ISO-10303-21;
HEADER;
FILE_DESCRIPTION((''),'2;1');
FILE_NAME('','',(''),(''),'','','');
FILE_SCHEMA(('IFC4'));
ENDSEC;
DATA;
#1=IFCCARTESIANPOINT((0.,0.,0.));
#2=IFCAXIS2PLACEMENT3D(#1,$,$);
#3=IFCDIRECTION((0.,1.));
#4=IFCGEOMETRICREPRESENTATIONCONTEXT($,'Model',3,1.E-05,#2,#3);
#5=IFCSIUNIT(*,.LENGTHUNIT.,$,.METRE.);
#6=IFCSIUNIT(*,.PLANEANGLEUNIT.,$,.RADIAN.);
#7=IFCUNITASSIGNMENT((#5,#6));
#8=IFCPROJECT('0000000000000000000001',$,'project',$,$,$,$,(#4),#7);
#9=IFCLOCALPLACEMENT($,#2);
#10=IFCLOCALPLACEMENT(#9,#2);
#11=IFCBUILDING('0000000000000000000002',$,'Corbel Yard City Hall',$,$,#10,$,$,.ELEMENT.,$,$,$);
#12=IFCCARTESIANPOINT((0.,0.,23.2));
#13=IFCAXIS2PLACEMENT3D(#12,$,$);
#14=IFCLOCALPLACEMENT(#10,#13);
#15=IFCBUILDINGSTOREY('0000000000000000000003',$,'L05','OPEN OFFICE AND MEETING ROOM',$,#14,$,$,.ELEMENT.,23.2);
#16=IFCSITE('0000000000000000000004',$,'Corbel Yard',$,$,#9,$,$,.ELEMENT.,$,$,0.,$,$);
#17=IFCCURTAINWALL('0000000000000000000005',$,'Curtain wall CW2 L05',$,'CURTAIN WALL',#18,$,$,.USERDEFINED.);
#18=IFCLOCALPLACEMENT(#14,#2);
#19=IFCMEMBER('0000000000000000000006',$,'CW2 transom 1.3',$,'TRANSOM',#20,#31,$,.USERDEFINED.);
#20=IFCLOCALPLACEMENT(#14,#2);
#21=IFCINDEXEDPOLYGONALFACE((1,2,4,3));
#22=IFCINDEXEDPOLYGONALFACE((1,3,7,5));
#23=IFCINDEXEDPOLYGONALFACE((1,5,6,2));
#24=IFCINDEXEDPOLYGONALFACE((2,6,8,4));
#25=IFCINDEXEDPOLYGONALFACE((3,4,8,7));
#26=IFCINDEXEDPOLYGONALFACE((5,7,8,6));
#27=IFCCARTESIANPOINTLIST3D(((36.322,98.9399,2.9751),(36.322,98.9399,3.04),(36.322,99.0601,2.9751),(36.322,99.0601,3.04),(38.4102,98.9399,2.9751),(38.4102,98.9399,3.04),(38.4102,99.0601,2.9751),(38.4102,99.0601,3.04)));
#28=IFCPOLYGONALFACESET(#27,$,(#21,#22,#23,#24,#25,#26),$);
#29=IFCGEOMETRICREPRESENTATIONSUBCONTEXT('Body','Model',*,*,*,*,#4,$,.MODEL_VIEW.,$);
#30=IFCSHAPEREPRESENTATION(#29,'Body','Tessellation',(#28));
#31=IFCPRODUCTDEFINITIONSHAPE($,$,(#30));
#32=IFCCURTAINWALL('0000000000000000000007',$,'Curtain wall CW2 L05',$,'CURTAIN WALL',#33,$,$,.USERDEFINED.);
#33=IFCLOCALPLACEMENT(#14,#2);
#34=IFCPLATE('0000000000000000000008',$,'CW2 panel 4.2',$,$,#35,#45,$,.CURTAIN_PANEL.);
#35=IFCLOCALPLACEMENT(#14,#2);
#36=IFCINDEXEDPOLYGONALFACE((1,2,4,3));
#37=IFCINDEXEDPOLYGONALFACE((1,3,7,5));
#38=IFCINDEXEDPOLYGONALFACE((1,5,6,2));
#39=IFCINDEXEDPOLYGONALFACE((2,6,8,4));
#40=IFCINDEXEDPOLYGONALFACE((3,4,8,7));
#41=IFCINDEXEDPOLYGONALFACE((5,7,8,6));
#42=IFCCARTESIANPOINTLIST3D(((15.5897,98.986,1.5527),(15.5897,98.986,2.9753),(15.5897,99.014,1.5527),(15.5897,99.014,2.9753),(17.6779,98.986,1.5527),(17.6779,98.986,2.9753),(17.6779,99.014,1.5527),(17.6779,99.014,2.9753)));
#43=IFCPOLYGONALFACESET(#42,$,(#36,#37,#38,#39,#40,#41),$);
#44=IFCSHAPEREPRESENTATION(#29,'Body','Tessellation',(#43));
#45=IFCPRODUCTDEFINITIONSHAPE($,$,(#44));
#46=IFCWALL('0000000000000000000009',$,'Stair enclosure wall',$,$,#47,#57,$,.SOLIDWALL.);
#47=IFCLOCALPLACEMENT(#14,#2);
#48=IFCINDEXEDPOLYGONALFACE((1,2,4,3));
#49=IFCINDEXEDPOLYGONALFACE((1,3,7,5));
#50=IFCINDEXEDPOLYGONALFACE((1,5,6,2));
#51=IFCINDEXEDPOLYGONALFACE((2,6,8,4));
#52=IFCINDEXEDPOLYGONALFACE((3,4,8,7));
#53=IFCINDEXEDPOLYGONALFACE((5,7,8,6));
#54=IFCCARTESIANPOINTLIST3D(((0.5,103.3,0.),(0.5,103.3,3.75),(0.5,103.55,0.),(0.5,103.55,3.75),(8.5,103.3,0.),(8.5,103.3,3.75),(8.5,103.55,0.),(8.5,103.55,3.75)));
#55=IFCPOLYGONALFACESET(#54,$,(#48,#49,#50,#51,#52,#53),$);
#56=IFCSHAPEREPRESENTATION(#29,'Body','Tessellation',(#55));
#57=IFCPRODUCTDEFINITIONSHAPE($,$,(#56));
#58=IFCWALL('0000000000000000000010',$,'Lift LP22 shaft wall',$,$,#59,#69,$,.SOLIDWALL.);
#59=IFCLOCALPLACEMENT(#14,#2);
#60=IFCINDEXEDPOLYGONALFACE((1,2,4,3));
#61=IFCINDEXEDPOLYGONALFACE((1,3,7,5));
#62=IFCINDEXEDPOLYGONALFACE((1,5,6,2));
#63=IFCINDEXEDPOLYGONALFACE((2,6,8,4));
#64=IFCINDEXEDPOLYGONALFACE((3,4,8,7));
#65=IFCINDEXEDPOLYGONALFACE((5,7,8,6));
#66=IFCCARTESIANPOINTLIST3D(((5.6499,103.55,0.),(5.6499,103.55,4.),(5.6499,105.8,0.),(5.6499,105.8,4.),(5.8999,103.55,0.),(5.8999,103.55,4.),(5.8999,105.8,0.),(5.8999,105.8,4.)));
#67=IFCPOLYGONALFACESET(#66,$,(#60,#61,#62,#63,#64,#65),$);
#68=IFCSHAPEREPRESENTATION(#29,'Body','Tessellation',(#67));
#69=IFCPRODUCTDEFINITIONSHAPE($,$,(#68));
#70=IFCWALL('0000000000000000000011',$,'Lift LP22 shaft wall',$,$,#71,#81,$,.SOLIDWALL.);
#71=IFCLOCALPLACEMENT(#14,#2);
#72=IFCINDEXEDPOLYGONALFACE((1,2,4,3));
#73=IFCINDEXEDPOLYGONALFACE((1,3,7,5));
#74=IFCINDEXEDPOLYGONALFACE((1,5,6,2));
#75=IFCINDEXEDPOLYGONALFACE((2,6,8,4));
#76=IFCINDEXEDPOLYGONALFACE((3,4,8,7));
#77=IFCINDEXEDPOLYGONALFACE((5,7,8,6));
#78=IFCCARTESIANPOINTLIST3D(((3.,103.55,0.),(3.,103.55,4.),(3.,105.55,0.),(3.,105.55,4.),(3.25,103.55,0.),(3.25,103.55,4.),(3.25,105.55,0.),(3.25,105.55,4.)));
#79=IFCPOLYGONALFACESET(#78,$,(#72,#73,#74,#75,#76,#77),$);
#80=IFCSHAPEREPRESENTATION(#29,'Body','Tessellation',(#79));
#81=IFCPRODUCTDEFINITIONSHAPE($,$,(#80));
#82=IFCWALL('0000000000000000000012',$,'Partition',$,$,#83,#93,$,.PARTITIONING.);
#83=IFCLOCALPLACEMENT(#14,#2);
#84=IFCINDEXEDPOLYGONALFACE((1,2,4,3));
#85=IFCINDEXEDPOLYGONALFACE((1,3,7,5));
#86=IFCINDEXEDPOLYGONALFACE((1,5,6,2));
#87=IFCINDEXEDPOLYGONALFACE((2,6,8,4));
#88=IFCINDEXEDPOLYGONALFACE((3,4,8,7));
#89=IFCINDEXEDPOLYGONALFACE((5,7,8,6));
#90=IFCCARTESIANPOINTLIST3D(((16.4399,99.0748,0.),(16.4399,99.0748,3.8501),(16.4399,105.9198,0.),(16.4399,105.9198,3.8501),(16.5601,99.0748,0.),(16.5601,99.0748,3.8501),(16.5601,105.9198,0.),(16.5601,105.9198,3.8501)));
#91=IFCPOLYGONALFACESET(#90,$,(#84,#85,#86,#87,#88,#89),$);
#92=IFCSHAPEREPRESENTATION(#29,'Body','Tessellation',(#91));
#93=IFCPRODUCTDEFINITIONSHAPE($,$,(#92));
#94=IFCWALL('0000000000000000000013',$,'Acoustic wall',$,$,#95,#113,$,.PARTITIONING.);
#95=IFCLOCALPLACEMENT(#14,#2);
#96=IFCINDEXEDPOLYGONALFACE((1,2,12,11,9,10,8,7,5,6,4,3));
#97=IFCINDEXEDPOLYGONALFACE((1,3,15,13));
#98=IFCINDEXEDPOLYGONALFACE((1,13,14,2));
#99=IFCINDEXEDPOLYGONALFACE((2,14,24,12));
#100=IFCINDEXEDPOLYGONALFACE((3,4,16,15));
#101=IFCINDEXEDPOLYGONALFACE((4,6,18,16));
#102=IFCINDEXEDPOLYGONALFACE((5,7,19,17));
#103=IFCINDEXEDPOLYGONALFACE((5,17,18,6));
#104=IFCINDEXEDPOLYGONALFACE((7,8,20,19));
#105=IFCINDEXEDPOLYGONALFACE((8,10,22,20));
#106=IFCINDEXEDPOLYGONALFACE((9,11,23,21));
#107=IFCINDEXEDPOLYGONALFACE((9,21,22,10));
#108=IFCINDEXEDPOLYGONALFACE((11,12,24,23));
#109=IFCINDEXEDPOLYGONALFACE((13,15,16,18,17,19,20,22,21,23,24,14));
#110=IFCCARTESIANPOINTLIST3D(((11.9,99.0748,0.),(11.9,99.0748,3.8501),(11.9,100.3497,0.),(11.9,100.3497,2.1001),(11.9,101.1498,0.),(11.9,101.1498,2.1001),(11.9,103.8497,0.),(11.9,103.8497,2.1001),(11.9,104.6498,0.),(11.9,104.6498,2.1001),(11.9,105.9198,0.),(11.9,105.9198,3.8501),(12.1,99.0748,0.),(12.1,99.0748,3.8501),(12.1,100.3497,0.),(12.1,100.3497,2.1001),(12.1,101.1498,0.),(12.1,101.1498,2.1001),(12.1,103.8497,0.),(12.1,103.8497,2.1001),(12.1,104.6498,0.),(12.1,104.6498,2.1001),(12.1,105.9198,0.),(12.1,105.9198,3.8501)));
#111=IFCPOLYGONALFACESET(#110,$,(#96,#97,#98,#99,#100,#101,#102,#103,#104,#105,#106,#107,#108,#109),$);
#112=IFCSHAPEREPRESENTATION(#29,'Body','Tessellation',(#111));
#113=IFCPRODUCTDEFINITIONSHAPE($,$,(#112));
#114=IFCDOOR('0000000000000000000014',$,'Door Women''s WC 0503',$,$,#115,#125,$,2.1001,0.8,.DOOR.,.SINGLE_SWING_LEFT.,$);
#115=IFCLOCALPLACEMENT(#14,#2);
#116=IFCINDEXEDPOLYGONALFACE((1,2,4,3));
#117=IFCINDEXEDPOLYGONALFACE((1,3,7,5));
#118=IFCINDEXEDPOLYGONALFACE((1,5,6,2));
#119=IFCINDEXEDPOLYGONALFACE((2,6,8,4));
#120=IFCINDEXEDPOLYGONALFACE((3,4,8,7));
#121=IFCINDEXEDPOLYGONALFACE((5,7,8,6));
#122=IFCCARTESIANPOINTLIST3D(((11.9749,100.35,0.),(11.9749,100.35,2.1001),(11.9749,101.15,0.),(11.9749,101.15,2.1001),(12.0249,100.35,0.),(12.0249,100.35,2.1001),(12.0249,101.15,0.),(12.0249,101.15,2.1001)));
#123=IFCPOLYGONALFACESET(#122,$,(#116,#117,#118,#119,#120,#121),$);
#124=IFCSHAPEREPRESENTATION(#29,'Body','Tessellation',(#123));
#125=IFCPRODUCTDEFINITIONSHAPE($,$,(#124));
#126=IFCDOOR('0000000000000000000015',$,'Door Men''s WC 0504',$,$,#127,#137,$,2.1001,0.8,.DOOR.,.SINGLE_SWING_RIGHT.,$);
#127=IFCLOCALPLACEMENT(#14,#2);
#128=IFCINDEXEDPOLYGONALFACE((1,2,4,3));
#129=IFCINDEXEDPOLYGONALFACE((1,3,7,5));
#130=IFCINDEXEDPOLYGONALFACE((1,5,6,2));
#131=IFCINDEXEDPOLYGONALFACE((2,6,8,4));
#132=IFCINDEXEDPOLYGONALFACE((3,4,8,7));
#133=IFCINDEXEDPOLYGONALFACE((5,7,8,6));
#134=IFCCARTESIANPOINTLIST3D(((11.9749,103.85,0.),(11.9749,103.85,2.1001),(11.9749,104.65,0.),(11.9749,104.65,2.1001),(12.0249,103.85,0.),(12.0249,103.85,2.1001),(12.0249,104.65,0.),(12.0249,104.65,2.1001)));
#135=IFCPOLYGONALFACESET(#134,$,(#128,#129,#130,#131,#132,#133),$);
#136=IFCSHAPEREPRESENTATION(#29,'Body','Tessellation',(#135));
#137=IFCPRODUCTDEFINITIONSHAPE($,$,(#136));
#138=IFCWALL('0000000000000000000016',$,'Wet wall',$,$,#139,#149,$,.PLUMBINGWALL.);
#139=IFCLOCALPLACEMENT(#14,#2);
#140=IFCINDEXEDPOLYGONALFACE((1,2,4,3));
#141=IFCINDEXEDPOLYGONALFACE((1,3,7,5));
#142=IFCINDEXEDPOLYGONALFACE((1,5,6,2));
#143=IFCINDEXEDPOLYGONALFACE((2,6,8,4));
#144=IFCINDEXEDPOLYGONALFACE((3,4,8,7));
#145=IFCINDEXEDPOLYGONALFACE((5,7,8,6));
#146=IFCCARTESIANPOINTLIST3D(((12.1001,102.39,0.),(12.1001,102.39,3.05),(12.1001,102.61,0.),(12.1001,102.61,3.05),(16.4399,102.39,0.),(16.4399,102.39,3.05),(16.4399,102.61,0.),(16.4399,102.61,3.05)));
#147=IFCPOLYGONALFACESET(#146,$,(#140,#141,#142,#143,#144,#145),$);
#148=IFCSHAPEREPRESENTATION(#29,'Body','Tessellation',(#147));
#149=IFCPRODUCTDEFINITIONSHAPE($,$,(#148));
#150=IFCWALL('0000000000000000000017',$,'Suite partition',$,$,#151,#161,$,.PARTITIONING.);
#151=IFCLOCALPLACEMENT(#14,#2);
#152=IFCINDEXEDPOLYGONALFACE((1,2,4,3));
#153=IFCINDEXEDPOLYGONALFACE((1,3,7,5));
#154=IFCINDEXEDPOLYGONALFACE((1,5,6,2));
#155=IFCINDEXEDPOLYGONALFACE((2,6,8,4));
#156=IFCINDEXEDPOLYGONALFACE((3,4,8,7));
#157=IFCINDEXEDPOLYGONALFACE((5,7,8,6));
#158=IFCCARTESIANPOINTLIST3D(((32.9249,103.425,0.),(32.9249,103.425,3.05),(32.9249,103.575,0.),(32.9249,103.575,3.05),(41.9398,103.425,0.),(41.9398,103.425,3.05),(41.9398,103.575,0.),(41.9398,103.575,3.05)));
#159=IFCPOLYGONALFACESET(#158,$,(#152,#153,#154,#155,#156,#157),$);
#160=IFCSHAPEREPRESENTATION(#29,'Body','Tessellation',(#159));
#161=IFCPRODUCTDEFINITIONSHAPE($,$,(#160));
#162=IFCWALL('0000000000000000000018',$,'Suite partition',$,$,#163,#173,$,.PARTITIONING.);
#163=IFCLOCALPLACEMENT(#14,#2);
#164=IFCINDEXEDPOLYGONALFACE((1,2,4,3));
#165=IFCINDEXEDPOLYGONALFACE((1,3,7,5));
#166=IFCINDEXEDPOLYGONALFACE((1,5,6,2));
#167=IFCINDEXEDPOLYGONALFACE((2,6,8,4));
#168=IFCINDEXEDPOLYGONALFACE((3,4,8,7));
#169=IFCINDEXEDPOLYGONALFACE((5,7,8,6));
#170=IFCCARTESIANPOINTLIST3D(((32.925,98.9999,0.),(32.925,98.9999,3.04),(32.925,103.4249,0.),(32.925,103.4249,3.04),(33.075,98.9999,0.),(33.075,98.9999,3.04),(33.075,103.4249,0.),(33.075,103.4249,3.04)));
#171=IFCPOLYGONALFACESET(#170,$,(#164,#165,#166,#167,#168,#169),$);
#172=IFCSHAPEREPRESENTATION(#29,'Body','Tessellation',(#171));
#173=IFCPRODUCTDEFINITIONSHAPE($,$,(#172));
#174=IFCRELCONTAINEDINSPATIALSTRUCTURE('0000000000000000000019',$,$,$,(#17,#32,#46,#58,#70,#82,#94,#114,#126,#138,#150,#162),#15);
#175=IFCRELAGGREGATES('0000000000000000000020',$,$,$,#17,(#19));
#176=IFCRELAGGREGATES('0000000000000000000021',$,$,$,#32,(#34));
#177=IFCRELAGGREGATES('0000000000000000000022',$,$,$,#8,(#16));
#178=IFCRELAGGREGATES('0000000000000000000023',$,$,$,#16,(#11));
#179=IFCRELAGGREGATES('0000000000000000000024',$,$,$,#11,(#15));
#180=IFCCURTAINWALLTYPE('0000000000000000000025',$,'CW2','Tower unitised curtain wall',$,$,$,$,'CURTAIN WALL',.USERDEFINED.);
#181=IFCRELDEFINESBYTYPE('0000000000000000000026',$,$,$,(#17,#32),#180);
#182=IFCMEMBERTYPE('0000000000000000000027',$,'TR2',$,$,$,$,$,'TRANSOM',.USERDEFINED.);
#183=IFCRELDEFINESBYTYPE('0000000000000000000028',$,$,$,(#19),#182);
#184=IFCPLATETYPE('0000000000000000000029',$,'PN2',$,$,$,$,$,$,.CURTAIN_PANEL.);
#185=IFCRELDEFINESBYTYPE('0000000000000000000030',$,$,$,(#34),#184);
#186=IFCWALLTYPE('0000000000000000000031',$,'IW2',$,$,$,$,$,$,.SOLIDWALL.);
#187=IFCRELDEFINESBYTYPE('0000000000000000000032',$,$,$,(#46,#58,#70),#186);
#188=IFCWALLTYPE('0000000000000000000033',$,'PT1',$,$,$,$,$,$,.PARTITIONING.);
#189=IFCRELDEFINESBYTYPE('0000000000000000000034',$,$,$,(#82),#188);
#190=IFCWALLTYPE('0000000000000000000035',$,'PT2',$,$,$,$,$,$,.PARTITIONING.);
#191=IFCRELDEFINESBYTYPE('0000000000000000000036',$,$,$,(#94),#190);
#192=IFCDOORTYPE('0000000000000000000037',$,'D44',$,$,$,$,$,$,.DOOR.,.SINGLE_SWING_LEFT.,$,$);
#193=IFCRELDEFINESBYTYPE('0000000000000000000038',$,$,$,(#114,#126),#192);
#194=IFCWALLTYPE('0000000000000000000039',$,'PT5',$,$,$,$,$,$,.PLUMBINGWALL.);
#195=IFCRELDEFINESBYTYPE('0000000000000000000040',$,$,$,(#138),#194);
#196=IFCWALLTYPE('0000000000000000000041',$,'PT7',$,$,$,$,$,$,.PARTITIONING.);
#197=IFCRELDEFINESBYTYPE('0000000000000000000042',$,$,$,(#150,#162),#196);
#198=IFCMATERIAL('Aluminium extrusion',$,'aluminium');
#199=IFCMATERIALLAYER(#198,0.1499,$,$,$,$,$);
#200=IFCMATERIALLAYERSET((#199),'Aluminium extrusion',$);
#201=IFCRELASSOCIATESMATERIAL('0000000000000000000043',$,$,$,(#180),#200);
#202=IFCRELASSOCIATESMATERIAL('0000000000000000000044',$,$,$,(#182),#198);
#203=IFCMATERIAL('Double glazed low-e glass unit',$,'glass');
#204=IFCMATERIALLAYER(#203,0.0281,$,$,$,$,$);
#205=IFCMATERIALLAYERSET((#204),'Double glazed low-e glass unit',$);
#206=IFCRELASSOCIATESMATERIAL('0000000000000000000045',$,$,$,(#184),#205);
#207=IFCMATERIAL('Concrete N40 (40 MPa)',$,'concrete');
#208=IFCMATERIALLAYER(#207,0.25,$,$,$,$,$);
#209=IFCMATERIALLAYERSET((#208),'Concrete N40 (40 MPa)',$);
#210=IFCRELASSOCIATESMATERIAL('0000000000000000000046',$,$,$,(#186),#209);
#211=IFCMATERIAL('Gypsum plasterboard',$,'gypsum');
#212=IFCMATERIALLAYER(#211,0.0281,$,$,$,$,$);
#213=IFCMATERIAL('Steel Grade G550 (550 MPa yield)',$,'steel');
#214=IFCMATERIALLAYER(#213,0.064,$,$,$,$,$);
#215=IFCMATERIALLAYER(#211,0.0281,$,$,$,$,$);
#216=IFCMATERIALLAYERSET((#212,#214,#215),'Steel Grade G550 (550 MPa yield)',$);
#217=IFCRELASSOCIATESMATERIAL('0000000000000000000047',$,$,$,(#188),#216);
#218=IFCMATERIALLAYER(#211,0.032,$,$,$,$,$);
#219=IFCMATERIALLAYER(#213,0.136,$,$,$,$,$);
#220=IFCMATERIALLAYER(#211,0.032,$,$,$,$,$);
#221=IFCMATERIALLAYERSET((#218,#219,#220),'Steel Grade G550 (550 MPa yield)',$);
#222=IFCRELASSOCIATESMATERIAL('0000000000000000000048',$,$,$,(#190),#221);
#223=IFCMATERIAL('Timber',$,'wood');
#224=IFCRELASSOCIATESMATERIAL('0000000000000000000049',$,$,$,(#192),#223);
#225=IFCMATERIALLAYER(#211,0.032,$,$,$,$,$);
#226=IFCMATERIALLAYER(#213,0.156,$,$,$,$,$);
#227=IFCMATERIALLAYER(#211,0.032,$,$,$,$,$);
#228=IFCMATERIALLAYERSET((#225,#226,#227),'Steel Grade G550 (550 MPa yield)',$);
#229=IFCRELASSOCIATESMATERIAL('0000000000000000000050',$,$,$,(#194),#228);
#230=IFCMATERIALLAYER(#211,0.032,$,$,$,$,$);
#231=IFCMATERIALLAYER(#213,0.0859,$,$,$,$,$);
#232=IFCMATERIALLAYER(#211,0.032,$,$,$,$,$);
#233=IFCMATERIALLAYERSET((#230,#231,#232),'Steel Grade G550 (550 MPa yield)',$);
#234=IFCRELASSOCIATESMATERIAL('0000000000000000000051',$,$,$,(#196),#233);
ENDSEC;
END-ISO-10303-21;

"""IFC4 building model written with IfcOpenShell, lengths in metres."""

from ifc_helpers import new_model, si_unit, direction, frame, frame_2d, origin, origin_2d, place, context, subcontext, project, spatial, rectangle, extrude, material, layer, layer_set, material_profile, profile_set, type_object, element, fill, aggregate, save


model = new_model("IFC4")

# Units and contexts
model_context = context("Model", 3, precision=1e-05, world=origin(), true_north=direction((0.0, 1.0)))
body_context = subcontext(model_context, "Body", "Model", "MODEL_VIEW")
ifc_project = project(units=[si_unit("LENGTHUNIT", "METRE"), si_unit("PLANEANGLEUNIT", "RADIAN")], contexts=[model_context])

# Site, building, storey
site_placement = place(None, origin())
site = spatial("IfcSite", under=ifc_project, at=site_placement, Name="Corbel Yard", CompositionType="ELEMENT", RefElevation=0.0)
building_placement = place(site_placement, origin())
building = spatial("IfcBuilding", under=site, at=building_placement, Name="Corbel Yard City Hall", CompositionType="ELEMENT")
storey_placement = place(building_placement, frame((0.0, 0.0, 23.2)))
storey = spatial("IfcBuildingStorey", under=building, at=storey_placement, Name="L05", Description="OPEN OFFICE AND MEETING ROOM", CompositionType="ELEMENT", Elevation=23.2)

# Curtain wall, member
ifc_material_1 = material(Name="Aluminium extrusion", Category="aluminium")
ifc_layer_1 = layer(ifc_material_1, 0.1499)
ifc_layer_set_1 = layer_set([ifc_layer_1], Name="Aluminium extrusion")
curtain_wall_type = type_object("IfcCurtainWallType", Name="CW2", Description="Tower unitised curtain wall", ElementType="CURTAIN WALL", PredefinedType="USERDEFINED", material=ifc_layer_set_1)
curtain_wall_1_placement = place(storey_placement, origin())
curtain_wall_1 = element("IfcCurtainWall", 1, at=curtain_wall_1_placement, inside=storey, type_object=curtain_wall_type, Name="Curtain wall CW2 L05", ObjectType="CURTAIN WALL", PredefinedType="USERDEFINED")
ifc_material_profile_1 = material_profile(ifc_material_1, rectangle(XDim=0.1201, YDim=0.0649, at=origin_2d()), Name="120x65")
ifc_profile_set_1 = profile_set([ifc_material_profile_1], Name="Aluminium extrusion")
member_type_1 = type_object("IfcMemberType", Name="TR2", ElementType="TRANSOM", PredefinedType="USERDEFINED", material=ifc_profile_set_1)
member_1_placement = place(storey_placement, frame((36.322, 99.0, 3.0076), z_axis=(1.0, 0.0, 0.0), x_axis=(0.0, 1.0, 0.0)))
member_1 = element("IfcMember", 2, at=member_1_placement, type_object=member_type_1, Name="CW2 transom 1.3", ObjectType="TRANSOM", PredefinedType="USERDEFINED", context=body_context, shape_type="SweptSolid", body=[
    extrude(rectangle(XDim=0.1201, YDim=0.0649, at=origin_2d()), origin(), (0.0, 0.0, 1.0), 2.0881),
])
aggregate(curtain_wall_1, [member_1])

# Curtain wall, plate
curtain_wall_2_placement = place(storey_placement, origin())
curtain_wall_2 = element("IfcCurtainWall", 3, at=curtain_wall_2_placement, inside=storey, type_object=curtain_wall_type, Name="Curtain wall CW2 L05", ObjectType="CURTAIN WALL", PredefinedType="USERDEFINED")
ifc_material_2 = material(Name="Double glazed low-e glass unit", Category="glass")
ifc_layer_2 = layer(ifc_material_2, 0.0281)
ifc_layer_set_2 = layer_set([ifc_layer_2], Name="Double glazed low-e glass unit")
plate_type = type_object("IfcPlateType", Name="PN2", PredefinedType="CURTAIN_PANEL", material=ifc_layer_set_2)
plate_placement = place(storey_placement, frame((16.6338, 99.0, 1.5527), z_axis=(0.0, 0.0, 1.0), x_axis=(1.0, 0.0, 0.0)))
plate = element("IfcPlate", 4, at=plate_placement, type_object=plate_type, Name="CW2 panel 4.2", PredefinedType="CURTAIN_PANEL", context=body_context, shape_type="SweptSolid", body=[
    extrude(rectangle(XDim=2.0881, YDim=0.0281, at=origin_2d()), origin(), (0.0, 0.0, 1.0), 1.4226),
])
aggregate(curtain_wall_2, [plate])

# Walls
ifc_material_3 = material(Name="Concrete N40 (40 MPa)", Category="concrete")
ifc_layer_3 = layer(ifc_material_3, 0.25)
ifc_layer_set_3 = layer_set([ifc_layer_3], Name="Concrete N40 (40 MPa)")
wall_type_1 = type_object("IfcWallType", Name="IW2", PredefinedType="SOLIDWALL", material=ifc_layer_set_3)
wall_1_placement = place(storey_placement, frame((8.5, 103.425, 0.0), z_axis=(0.0, 0.0, 1.0), x_axis=(-1.0, 0.0, 0.0)))
element("IfcWall", 5, at=wall_1_placement, inside=storey, type_object=wall_type_1, Name="Stair enclosure wall", PredefinedType="SOLIDWALL", context=body_context, shape_type="SweptSolid", body=[
    extrude(rectangle(XDim=8.0, YDim=0.25, at=frame_2d((4.0, 0.0))), origin(), (0.0, 0.0, 1.0), 3.75),
])
wall_2_placement = place(storey_placement, frame((5.7749, 103.55, 0.0), z_axis=(0.0, 0.0, 1.0), x_axis=(0.0, 1.0, 0.0)))
element("IfcWall", 6, at=wall_2_placement, inside=storey, type_object=wall_type_1, Name="Lift LP22 shaft wall", PredefinedType="SOLIDWALL", context=body_context, shape_type="SweptSolid", body=[
    extrude(rectangle(XDim=2.25, YDim=0.25, at=frame_2d((1.125, 0.0))), origin(), (0.0, 0.0, 1.0), 4.0),
])
wall_3_placement = place(storey_placement, frame((3.125, 103.55, 0.0), z_axis=(0.0, 0.0, 1.0), x_axis=(0.0, 1.0, 0.0)))
element("IfcWall", 7, at=wall_3_placement, inside=storey, type_object=wall_type_1, Name="Lift LP22 shaft wall", PredefinedType="SOLIDWALL", context=body_context, shape_type="SweptSolid", body=[
    extrude(rectangle(XDim=2.0, YDim=0.25, at=frame_2d((1.0, 0.0))), origin(), (0.0, 0.0, 1.0), 4.0),
])
ifc_material_4 = material(Name="Gypsum plasterboard", Category="gypsum")
ifc_layer_4 = layer(ifc_material_4, 0.0281)
ifc_material_5 = material(Name="Steel Grade G550 (550 MPa yield)", Category="steel")
ifc_layer_5 = layer(ifc_material_5, 0.064)
ifc_layer_6 = layer(ifc_material_4, 0.0281)
ifc_layer_set_4 = layer_set([ifc_layer_4, ifc_layer_5, ifc_layer_6], Name="Steel Grade G550 (550 MPa yield)")
wall_type_2 = type_object("IfcWallType", Name="PT1", PredefinedType="PARTITIONING", material=ifc_layer_set_4)
wall_4_placement = place(storey_placement, frame((16.5, 99.075, 0.0), z_axis=(0.0, 0.0, 1.0), x_axis=(0.0, 1.0, 0.0)))
element("IfcWall", 8, at=wall_4_placement, inside=storey, type_object=wall_type_2, Name="Partition", PredefinedType="PARTITIONING", context=body_context, shape_type="SweptSolid", body=[
    extrude(rectangle(XDim=6.845, YDim=0.1201, at=frame_2d((3.4224, 0.0))), origin(), (0.0, 0.0, 1.0), 3.8501),
])

# Wall, openings, doors
ifc_layer_7 = layer(ifc_material_4, 0.032)
ifc_layer_8 = layer(ifc_material_5, 0.136)
ifc_layer_9 = layer(ifc_material_4, 0.032)
ifc_layer_set_5 = layer_set([ifc_layer_7, ifc_layer_8, ifc_layer_9], Name="Steel Grade G550 (550 MPa yield)")
wall_type_3 = type_object("IfcWallType", Name="PT2", PredefinedType="PARTITIONING", material=ifc_layer_set_5)
wall_5_placement = place(storey_placement, frame((12.0, 99.075, 0.0), z_axis=(0.0, 0.0, 1.0), x_axis=(0.0, 1.0, 0.0)))
wall_5 = element("IfcWall", 9, at=wall_5_placement, inside=storey, type_object=wall_type_3, Name="Acoustic wall", PredefinedType="PARTITIONING", context=body_context, shape_type="SweptSolid", body=[
    extrude(rectangle(XDim=6.845, YDim=0.2, at=frame_2d((3.4224, 0.0))), origin(), (0.0, 0.0, 1.0), 3.8501),
])
opening_1_placement = place(wall_5_placement, frame((1.2749, 0.0, 0.0)))
opening_1 = element("IfcOpeningElement", 10, at=opening_1_placement, cuts=wall_5, PredefinedType="OPENING", context=body_context, shape_type="SweptSolid", body=[
    extrude(rectangle(XDim=0.8, YDim=2.1001, at=frame_2d((0.3999, 1.05))), frame((0.0, 0.1099, 0.0), z_axis=(0.0, -1.0, 0.0), x_axis=(1.0, 0.0, 0.0)), (0.0, 0.0, 1.0), 0.22),
])
opening_2_placement = place(wall_5_placement, frame((4.7749, 0.0, 0.0)))
opening_2 = element("IfcOpeningElement", 11, at=opening_2_placement, cuts=wall_5, PredefinedType="OPENING", context=body_context, shape_type="SweptSolid", body=[
    extrude(rectangle(XDim=0.8, YDim=2.1001, at=frame_2d((0.3999, 1.05))), frame((0.0, 0.1099, 0.0), z_axis=(0.0, -1.0, 0.0), x_axis=(1.0, 0.0, 0.0)), (0.0, 0.0, 1.0), 0.22),
])
ifc_material_6 = material(Name="Timber", Category="wood")
door_type = type_object("IfcDoorType", Name="D44", OperationType="SINGLE_SWING_LEFT", PredefinedType="DOOR", material=ifc_material_6)
door_1_placement = place(opening_1_placement, frame((0.8, 0.0, 0.0), z_axis=(0.0, 0.0, 1.0), x_axis=(-1.0, 0.0, 0.0)))
door_1 = element("IfcDoor", 12, at=door_1_placement, inside=storey, type_object=door_type, Name="Door Women's WC 0503", OperationType="SINGLE_SWING_LEFT", OverallHeight=2.1001, OverallWidth=0.8, PredefinedType="DOOR", context=body_context, shape_type="SweptSolid", body=[
    extrude(rectangle(XDim=0.8, YDim=2.1001, at=frame_2d((0.3999, 1.05))), frame((0.0, 0.0249, 0.0), z_axis=(0.0, -1.0, 0.0), x_axis=(1.0, 0.0, 0.0)), (0.0, 0.0, 1.0), 0.05),
])
fill(opening_1, door_1)
door_2_placement = place(opening_2_placement, frame((0.8, 0.0, 0.0), z_axis=(0.0, 0.0, 1.0), x_axis=(-1.0, 0.0, 0.0)))
door_2 = element("IfcDoor", 13, at=door_2_placement, inside=storey, type_object=door_type, Name="Door Men's WC 0504", OperationType="SINGLE_SWING_RIGHT", OverallHeight=2.1001, OverallWidth=0.8, PredefinedType="DOOR", context=body_context, shape_type="SweptSolid", body=[
    extrude(rectangle(XDim=0.8, YDim=2.1001, at=frame_2d((0.3999, 1.05))), frame((0.0, 0.0249, 0.0), z_axis=(0.0, -1.0, 0.0), x_axis=(1.0, 0.0, 0.0)), (0.0, 0.0, 1.0), 0.05),
])
fill(opening_2, door_2)

# Walls
ifc_layer_10 = layer(ifc_material_4, 0.032)
ifc_layer_11 = layer(ifc_material_5, 0.156)
ifc_layer_12 = layer(ifc_material_4, 0.032)
ifc_layer_set_6 = layer_set([ifc_layer_10, ifc_layer_11, ifc_layer_12], Name="Steel Grade G550 (550 MPa yield)")
wall_type_4 = type_object("IfcWallType", Name="PT5", PredefinedType="PLUMBINGWALL", material=ifc_layer_set_6)
wall_6_placement = place(storey_placement, frame((12.1001, 102.5, 0.0), z_axis=(0.0, 0.0, 1.0), x_axis=(1.0, 0.0, 0.0)))
element("IfcWall", 14, at=wall_6_placement, inside=storey, type_object=wall_type_4, Name="Wet wall", PredefinedType="PLUMBINGWALL", context=body_context, shape_type="SweptSolid", body=[
    extrude(rectangle(XDim=4.3398, YDim=0.22, at=frame_2d((2.1699, 0.0))), origin(), (0.0, 0.0, 1.0), 3.05),
])
ifc_layer_13 = layer(ifc_material_4, 0.032)
ifc_layer_14 = layer(ifc_material_5, 0.0859)
ifc_layer_15 = layer(ifc_material_4, 0.032)
ifc_layer_set_7 = layer_set([ifc_layer_13, ifc_layer_14, ifc_layer_15], Name="Steel Grade G550 (550 MPa yield)")
wall_type_5 = type_object("IfcWallType", Name="PT7", PredefinedType="PARTITIONING", material=ifc_layer_set_7)
wall_7_placement = place(storey_placement, frame((32.925, 103.5, 0.0), z_axis=(0.0, 0.0, 1.0), x_axis=(1.0, 0.0, 0.0)))
element("IfcWall", 15, at=wall_7_placement, inside=storey, type_object=wall_type_5, Name="Suite partition", PredefinedType="PARTITIONING", context=body_context, shape_type="SweptSolid", body=[
    extrude(rectangle(XDim=9.0149, YDim=0.1499, at=frame_2d((4.5073, 0.0))), origin(), (0.0, 0.0, 1.0), 3.05),
])
wall_8_placement = place(storey_placement, frame((33.0, 99.0, 0.0), z_axis=(0.0, 0.0, 1.0), x_axis=(0.0, 1.0, 0.0)))
element("IfcWall", 16, at=wall_8_placement, inside=storey, type_object=wall_type_5, Name="Suite partition", PredefinedType="PARTITIONING", context=body_context, shape_type="SweptSolid", body=[
    extrude(rectangle(XDim=4.425, YDim=0.1499, at=frame_2d((2.2124, 0.0))), origin(), (0.0, 0.0, 1.0), 3.04),
])

save(model, "model.ifc")
